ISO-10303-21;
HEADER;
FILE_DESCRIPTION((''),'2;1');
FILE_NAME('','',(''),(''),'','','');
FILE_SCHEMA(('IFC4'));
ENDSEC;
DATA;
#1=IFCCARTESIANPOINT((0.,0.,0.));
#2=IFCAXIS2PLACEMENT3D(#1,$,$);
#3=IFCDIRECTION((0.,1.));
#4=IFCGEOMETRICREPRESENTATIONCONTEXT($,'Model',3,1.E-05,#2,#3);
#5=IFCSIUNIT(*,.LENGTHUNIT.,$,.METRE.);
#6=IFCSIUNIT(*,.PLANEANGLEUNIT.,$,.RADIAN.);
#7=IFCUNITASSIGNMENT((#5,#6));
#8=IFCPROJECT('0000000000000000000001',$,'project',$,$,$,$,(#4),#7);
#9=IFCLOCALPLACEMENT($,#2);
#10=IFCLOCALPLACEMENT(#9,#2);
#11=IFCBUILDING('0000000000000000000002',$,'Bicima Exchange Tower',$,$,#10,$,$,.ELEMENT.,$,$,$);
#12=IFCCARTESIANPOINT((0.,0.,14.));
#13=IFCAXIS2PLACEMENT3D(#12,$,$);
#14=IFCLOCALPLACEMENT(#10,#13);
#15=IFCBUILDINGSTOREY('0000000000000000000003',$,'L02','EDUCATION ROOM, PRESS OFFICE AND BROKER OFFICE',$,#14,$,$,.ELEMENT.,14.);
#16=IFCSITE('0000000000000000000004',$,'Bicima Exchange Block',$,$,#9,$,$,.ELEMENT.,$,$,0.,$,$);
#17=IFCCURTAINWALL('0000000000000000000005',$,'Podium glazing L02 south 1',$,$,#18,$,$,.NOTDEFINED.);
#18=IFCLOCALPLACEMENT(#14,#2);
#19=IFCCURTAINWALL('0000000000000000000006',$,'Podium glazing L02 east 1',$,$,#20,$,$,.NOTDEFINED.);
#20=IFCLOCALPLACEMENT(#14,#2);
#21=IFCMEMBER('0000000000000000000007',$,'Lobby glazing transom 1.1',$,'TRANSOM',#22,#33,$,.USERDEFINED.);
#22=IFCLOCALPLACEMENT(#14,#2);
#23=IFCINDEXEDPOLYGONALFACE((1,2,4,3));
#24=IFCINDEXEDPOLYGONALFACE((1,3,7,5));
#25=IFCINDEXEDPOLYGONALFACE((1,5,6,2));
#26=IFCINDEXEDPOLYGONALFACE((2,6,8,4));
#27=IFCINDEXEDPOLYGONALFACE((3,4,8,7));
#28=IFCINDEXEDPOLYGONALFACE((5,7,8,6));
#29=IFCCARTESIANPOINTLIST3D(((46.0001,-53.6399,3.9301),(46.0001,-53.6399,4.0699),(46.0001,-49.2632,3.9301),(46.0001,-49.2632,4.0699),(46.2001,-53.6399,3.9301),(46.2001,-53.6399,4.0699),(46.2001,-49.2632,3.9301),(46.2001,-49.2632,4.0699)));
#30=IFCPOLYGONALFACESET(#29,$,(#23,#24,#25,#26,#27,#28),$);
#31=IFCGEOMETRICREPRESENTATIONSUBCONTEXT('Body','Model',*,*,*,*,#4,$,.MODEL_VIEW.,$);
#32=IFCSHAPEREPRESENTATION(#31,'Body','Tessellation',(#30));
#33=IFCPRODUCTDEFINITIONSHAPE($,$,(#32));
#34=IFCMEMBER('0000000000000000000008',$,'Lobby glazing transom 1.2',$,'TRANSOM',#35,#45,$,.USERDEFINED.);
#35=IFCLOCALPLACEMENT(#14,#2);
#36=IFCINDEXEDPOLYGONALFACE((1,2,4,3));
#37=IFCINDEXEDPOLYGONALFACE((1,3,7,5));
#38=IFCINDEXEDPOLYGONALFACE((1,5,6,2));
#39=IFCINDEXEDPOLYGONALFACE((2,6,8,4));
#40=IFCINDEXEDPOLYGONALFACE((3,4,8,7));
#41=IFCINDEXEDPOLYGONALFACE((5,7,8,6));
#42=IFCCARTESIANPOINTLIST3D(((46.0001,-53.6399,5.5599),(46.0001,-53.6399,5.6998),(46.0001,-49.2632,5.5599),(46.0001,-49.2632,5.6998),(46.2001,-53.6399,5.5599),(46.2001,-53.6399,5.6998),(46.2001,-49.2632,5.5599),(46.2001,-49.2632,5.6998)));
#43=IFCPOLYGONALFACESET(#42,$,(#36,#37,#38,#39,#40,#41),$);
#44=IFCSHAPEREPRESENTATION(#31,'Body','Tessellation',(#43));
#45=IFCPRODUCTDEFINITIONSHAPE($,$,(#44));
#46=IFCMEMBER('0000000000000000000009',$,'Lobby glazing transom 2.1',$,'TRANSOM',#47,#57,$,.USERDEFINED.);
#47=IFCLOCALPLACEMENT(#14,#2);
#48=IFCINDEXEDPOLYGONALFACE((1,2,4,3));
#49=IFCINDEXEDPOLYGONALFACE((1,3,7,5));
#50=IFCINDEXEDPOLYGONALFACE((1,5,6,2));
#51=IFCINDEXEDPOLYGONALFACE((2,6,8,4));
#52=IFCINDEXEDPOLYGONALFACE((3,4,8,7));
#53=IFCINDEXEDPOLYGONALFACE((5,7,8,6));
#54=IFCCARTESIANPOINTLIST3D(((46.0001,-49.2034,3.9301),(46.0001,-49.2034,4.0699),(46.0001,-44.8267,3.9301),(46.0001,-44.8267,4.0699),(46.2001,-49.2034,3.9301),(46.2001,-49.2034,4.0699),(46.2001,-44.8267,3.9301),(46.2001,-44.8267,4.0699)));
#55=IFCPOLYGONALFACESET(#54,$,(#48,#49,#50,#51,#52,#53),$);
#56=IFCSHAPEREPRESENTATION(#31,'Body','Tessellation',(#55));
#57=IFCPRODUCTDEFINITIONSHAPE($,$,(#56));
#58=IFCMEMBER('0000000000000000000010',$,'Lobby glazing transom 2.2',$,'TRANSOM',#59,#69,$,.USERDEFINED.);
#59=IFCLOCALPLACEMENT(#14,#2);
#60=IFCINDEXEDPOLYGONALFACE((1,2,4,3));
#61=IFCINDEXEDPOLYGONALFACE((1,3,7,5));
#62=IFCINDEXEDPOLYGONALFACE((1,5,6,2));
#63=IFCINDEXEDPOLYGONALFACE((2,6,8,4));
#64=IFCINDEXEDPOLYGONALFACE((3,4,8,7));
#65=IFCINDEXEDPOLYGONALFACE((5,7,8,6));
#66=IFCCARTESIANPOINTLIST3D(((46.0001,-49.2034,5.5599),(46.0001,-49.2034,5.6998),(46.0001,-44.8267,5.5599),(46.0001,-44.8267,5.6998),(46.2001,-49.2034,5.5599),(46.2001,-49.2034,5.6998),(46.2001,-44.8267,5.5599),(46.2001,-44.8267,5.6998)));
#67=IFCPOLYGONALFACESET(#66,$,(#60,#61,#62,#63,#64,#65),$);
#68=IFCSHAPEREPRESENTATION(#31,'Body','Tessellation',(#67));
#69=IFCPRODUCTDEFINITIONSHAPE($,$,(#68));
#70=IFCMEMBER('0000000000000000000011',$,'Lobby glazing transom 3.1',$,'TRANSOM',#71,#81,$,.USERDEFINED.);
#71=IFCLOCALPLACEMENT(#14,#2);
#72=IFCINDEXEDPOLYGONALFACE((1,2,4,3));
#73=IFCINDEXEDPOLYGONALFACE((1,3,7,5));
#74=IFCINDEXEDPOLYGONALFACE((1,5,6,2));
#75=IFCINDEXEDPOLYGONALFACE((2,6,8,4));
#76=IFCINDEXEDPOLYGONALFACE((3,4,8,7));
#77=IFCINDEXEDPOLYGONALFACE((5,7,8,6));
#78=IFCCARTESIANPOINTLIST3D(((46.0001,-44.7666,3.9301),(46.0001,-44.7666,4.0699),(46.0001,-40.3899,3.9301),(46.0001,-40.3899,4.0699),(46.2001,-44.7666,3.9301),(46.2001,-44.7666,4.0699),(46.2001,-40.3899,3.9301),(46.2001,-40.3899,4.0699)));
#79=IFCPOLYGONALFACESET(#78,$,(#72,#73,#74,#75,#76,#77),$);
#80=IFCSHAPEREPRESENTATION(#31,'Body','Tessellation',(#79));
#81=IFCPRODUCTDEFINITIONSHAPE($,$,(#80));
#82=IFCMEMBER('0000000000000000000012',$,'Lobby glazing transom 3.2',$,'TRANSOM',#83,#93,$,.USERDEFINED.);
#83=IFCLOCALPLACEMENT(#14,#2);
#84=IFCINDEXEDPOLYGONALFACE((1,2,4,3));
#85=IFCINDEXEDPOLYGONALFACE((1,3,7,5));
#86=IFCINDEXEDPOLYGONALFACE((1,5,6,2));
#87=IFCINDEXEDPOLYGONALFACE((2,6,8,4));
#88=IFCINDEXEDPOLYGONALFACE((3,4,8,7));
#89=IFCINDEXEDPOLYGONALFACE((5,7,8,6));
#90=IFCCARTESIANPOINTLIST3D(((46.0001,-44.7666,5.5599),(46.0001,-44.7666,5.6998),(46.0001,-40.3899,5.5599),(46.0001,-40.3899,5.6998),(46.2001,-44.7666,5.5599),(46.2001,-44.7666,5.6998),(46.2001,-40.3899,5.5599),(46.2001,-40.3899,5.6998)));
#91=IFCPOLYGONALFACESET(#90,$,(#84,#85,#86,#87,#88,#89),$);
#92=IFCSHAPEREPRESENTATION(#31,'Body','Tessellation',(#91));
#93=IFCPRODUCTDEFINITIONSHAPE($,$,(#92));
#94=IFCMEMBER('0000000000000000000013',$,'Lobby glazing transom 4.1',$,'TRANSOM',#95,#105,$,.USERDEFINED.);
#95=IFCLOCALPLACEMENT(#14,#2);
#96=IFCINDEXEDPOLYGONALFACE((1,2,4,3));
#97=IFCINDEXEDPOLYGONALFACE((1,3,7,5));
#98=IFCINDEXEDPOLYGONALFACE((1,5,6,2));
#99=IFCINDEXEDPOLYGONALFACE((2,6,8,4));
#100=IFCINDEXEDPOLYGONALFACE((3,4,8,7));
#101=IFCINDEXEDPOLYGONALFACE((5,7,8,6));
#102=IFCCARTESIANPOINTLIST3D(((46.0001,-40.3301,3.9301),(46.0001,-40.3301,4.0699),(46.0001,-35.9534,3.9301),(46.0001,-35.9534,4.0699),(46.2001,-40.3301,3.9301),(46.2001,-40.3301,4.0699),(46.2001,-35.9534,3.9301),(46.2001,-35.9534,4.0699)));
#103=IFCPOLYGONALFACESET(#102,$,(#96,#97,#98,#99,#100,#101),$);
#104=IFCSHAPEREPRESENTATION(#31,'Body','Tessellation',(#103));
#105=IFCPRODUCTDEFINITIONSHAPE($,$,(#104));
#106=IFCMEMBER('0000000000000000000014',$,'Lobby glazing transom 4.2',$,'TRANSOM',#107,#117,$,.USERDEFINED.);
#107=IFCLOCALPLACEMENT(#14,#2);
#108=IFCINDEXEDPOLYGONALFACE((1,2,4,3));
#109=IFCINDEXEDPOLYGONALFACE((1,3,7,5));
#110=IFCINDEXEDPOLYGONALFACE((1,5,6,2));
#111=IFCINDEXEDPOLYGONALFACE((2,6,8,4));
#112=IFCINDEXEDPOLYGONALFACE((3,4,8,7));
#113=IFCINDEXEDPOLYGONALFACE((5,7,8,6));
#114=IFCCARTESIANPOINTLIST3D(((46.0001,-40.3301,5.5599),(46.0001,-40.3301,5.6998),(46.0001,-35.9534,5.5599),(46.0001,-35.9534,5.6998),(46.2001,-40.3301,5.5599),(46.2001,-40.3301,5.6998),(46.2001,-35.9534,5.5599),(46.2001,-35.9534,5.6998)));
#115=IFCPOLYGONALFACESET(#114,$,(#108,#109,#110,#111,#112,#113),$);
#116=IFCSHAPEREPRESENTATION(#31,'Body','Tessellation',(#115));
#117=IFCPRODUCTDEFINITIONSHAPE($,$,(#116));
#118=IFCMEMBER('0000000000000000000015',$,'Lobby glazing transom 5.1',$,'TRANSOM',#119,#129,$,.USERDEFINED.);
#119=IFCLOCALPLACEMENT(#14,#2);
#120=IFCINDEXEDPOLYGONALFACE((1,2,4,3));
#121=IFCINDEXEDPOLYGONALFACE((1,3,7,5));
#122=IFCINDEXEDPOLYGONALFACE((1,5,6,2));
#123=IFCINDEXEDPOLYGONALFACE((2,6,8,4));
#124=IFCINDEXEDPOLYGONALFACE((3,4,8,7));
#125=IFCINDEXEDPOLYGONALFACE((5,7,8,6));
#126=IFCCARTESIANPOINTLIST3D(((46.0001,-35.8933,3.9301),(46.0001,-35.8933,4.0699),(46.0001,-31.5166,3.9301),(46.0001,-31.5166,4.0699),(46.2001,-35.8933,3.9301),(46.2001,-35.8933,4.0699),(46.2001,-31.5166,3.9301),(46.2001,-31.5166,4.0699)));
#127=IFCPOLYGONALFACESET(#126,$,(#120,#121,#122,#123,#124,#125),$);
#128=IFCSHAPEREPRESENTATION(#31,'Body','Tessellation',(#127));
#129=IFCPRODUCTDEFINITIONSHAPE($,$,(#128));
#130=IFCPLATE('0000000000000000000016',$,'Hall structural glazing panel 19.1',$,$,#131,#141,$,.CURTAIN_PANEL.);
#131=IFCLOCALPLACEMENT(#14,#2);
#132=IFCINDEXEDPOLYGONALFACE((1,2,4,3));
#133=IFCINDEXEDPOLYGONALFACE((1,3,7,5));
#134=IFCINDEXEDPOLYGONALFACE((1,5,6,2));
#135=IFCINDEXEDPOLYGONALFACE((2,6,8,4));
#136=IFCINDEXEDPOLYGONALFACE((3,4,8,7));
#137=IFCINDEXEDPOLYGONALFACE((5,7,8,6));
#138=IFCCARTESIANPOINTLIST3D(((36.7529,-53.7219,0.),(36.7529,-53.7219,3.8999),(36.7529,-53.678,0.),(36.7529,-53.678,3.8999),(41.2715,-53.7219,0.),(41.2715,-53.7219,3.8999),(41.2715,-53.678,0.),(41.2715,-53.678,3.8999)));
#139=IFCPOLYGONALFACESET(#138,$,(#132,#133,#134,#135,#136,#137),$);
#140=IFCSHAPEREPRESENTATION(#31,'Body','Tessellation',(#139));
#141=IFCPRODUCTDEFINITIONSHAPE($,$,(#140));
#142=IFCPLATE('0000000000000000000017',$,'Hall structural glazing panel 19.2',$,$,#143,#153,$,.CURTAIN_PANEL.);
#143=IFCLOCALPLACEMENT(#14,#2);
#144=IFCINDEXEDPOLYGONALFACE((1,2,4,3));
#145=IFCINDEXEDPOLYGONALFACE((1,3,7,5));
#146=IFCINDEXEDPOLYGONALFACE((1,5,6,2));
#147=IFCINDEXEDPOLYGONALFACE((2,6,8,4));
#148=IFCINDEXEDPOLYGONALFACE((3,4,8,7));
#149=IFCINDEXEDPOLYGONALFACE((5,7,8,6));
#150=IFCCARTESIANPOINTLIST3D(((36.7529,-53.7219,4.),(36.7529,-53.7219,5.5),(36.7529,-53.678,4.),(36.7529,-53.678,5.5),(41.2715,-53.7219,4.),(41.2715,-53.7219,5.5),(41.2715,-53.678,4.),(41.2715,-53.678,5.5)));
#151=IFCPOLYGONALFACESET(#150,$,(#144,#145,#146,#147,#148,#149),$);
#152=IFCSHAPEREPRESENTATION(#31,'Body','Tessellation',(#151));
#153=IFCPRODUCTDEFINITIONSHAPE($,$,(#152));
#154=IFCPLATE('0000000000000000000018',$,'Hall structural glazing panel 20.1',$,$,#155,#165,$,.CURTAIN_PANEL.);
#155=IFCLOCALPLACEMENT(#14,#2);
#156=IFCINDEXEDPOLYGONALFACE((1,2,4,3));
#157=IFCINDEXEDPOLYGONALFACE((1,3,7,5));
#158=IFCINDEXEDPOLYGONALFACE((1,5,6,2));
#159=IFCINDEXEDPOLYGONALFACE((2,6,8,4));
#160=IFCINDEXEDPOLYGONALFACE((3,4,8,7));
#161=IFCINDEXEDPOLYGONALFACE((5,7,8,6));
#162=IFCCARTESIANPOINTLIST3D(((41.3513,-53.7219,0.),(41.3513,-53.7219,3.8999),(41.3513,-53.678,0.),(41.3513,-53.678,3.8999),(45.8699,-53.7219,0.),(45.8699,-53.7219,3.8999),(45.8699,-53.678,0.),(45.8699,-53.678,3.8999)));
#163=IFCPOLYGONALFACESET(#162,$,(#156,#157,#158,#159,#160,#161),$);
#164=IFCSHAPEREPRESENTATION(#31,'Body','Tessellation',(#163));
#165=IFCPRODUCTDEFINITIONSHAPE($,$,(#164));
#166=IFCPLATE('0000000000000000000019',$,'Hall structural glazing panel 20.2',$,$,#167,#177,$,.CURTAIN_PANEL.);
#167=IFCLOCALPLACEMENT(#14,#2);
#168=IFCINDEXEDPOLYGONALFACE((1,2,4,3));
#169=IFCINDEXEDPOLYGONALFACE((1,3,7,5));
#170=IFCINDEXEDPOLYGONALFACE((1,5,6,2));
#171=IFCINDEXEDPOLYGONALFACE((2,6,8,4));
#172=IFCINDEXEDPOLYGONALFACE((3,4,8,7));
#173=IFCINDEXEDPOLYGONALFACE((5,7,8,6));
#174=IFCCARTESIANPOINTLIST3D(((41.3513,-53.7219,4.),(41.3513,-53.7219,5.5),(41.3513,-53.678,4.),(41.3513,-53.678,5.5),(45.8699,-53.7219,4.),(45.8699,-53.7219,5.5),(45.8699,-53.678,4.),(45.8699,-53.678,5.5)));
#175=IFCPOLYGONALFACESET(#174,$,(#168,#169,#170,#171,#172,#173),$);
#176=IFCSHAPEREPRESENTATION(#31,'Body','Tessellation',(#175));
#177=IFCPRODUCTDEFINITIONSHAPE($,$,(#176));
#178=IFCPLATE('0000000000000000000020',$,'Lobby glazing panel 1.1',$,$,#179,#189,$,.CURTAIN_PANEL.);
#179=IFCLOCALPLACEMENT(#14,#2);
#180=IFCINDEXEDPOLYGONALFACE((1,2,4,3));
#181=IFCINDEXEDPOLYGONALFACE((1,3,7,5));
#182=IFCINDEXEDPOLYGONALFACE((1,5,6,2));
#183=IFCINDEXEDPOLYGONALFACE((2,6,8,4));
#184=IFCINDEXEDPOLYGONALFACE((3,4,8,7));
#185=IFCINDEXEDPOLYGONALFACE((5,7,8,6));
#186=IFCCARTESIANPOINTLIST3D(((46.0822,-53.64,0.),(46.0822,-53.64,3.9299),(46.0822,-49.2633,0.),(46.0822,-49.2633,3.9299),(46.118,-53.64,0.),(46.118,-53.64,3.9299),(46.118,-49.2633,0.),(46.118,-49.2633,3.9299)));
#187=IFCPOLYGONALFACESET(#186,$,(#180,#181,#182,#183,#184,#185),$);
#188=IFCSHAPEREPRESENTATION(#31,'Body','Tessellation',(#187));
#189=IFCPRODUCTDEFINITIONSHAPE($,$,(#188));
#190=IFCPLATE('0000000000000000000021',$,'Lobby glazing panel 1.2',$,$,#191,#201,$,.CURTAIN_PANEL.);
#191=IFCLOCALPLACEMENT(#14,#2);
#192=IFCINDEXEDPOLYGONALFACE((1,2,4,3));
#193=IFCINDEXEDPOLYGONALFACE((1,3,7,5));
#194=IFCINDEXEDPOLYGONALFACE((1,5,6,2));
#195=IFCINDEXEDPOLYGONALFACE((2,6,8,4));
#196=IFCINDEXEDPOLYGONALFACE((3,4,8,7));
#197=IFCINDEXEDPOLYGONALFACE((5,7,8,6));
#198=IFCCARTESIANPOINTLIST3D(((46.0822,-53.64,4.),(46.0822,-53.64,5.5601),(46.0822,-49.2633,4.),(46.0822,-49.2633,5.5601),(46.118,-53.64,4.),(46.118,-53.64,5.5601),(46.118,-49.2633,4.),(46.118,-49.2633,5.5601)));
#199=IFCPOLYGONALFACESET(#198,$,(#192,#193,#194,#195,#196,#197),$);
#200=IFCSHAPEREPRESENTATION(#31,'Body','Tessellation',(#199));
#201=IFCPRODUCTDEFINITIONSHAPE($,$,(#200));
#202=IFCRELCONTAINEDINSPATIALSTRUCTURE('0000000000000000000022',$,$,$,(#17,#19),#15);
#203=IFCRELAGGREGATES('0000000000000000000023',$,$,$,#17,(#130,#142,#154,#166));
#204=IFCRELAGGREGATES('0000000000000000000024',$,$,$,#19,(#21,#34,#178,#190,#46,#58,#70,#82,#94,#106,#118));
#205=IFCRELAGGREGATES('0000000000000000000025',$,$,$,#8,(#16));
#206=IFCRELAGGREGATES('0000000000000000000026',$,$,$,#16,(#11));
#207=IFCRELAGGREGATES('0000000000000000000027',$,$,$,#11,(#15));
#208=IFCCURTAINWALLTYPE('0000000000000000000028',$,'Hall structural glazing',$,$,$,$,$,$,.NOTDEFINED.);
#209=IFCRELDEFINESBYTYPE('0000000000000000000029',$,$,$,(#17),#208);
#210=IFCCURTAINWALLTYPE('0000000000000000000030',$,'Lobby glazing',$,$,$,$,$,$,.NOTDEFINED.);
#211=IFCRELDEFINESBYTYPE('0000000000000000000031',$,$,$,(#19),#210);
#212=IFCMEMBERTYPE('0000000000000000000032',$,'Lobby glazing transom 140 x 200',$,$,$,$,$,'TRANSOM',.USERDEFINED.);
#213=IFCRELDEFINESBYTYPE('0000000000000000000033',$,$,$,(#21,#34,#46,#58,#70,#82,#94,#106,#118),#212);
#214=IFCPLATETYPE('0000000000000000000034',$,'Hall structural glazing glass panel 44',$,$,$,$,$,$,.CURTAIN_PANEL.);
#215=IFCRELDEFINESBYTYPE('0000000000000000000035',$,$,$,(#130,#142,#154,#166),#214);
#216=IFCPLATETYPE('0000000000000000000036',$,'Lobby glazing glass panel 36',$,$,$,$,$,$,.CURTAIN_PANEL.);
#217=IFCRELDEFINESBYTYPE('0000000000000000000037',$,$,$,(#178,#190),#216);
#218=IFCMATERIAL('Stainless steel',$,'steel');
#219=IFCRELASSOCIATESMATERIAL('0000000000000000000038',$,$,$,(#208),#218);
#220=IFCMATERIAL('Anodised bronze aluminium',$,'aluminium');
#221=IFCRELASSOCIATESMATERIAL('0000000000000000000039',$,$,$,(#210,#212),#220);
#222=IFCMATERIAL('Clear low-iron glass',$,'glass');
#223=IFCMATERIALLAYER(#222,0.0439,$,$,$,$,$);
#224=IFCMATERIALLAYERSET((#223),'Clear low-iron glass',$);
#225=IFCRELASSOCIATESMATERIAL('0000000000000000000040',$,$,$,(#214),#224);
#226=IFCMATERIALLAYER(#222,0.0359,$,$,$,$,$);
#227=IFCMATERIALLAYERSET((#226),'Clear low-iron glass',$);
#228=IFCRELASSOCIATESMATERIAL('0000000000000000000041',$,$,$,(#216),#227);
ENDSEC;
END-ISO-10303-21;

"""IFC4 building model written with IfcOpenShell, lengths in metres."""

from ifc_helpers import new_model, si_unit, direction, frame, origin, origin_2d, place, context, subcontext, project, spatial, rectangle, extrude, material, layer, layer_set, material_profile, profile_set, type_object, element, aggregate, save


model = new_model("IFC4")

# Units and contexts
model_context = context("Model", 3, precision=1e-05, world=origin(), true_north=direction((0.0, 1.0)))
body_context = subcontext(model_context, "Body", "Model", "MODEL_VIEW")
ifc_project = project(units=[si_unit("LENGTHUNIT", "METRE"), si_unit("PLANEANGLEUNIT", "RADIAN")], contexts=[model_context])

# Site, building, storey
site_placement = place(None, origin())
site = spatial("IfcSite", under=ifc_project, at=site_placement, Name="Bicima Exchange Block", CompositionType="ELEMENT", RefElevation=0.0)
building_placement = place(site_placement, origin())
building = spatial("IfcBuilding", under=site, at=building_placement, Name="Bicima Exchange Tower", CompositionType="ELEMENT")
storey_placement = place(building_placement, frame((0.0, 0.0, 14.0)))
storey = spatial("IfcBuildingStorey", under=building, at=storey_placement, Name="L02", Description="EDUCATION ROOM, PRESS OFFICE AND BROKER OFFICE", CompositionType="ELEMENT", Elevation=14.0)

# Curtain walls, members
ifc_material_1 = material(Name="Stainless steel", Category="steel")
curtain_wall_type_1 = type_object("IfcCurtainWallType", Name="Hall structural glazing", PredefinedType="NOTDEFINED", material=ifc_material_1)
curtain_wall_1_placement = place(storey_placement, origin())
curtain_wall_1 = element("IfcCurtainWall", 1, at=curtain_wall_1_placement, inside=storey, type_object=curtain_wall_type_1, Name="Podium glazing L02 south 1", PredefinedType="NOTDEFINED")
ifc_material_2 = material(Name="Anodised bronze aluminium", Category="aluminium")
curtain_wall_type_2 = type_object("IfcCurtainWallType", Name="Lobby glazing", PredefinedType="NOTDEFINED", material=ifc_material_2)
curtain_wall_2_placement = place(storey_placement, origin())
curtain_wall_2 = element("IfcCurtainWall", 2, at=curtain_wall_2_placement, inside=storey, type_object=curtain_wall_type_2, Name="Podium glazing L02 east 1", PredefinedType="NOTDEFINED")
ifc_material_profile_1 = material_profile(ifc_material_2, rectangle(XDim=0.2, YDim=0.1399, at=origin_2d()))
ifc_profile_set_1 = profile_set([ifc_material_profile_1], Name="Anodised bronze aluminium")
member_type_1 = type_object("IfcMemberType", Name="Lobby glazing transom 140 x 200", ElementType="TRANSOM", PredefinedType="USERDEFINED", material=ifc_profile_set_1)
member_1_placement = place(storey_placement, frame((46.1001, -53.6399, 4.0), z_axis=(0.0, 1.0, 0.0), x_axis=(-1.0, 0.0, 0.0)))
member_1 = element("IfcMember", 3, at=member_1_placement, type_object=member_type_1, Name="Lobby glazing transom 1.1", ObjectType="TRANSOM", PredefinedType="USERDEFINED", context=body_context, shape_type="SweptSolid", body=[
    extrude(rectangle(XDim=0.2, YDim=0.1399, at=origin_2d()), origin(), (0.0, 0.0, 1.0), 4.3767),
])
member_2_placement = place(storey_placement, frame((46.1001, -53.6399, 5.6299), z_axis=(0.0, 1.0, 0.0), x_axis=(-1.0, 0.0, 0.0)))
member_2 = element("IfcMember", 4, at=member_2_placement, type_object=member_type_1, Name="Lobby glazing transom 1.2", ObjectType="TRANSOM", PredefinedType="USERDEFINED", context=body_context, shape_type="SweptSolid", body=[
    extrude(rectangle(XDim=0.2, YDim=0.1399, at=origin_2d()), origin(), (0.0, 0.0, 1.0), 4.3767),
])
member_3_placement = place(storey_placement, frame((46.1001, -49.2034, 4.0), z_axis=(0.0, 1.0, 0.0), x_axis=(-1.0, 0.0, 0.0)))
member_3 = element("IfcMember", 5, at=member_3_placement, type_object=member_type_1, Name="Lobby glazing transom 2.1", ObjectType="TRANSOM", PredefinedType="USERDEFINED", context=body_context, shape_type="SweptSolid", body=[
    extrude(rectangle(XDim=0.2, YDim=0.1399, at=origin_2d()), origin(), (0.0, 0.0, 1.0), 4.3767),
])
member_4_placement = place(storey_placement, frame((46.1001, -49.2034, 5.6299), z_axis=(0.0, 1.0, 0.0), x_axis=(-1.0, 0.0, 0.0)))
member_4 = element("IfcMember", 6, at=member_4_placement, type_object=member_type_1, Name="Lobby glazing transom 2.2", ObjectType="TRANSOM", PredefinedType="USERDEFINED", context=body_context, shape_type="SweptSolid", body=[
    extrude(rectangle(XDim=0.2, YDim=0.1399, at=origin_2d()), origin(), (0.0, 0.0, 1.0), 4.3767),
])
member_5_placement = place(storey_placement, frame((46.1001, -44.7666, 4.0), z_axis=(0.0, 1.0, 0.0), x_axis=(-1.0, 0.0, 0.0)))
member_5 = element("IfcMember", 7, at=member_5_placement, type_object=member_type_1, Name="Lobby glazing transom 3.1", ObjectType="TRANSOM", PredefinedType="USERDEFINED", context=body_context, shape_type="SweptSolid", body=[
    extrude(rectangle(XDim=0.2, YDim=0.1399, at=origin_2d()), origin(), (0.0, 0.0, 1.0), 4.3767),
])
member_6_placement = place(storey_placement, frame((46.1001, -44.7666, 5.6299), z_axis=(0.0, 1.0, 0.0), x_axis=(-1.0, 0.0, 0.0)))
member_6 = element("IfcMember", 8, at=member_6_placement, type_object=member_type_1, Name="Lobby glazing transom 3.2", ObjectType="TRANSOM", PredefinedType="USERDEFINED", context=body_context, shape_type="SweptSolid", body=[
    extrude(rectangle(XDim=0.2, YDim=0.1399, at=origin_2d()), origin(), (0.0, 0.0, 1.0), 4.3767),
])
member_7_placement = place(storey_placement, frame((46.1001, -40.3301, 4.0), z_axis=(0.0, 1.0, 0.0), x_axis=(-1.0, 0.0, 0.0)))
member_7 = element("IfcMember", 9, at=member_7_placement, type_object=member_type_1, Name="Lobby glazing transom 4.1", ObjectType="TRANSOM", PredefinedType="USERDEFINED", context=body_context, shape_type="SweptSolid", body=[
    extrude(rectangle(XDim=0.2, YDim=0.1399, at=origin_2d()), origin(), (0.0, 0.0, 1.0), 4.3767),
])
member_8_placement = place(storey_placement, frame((46.1001, -40.3301, 5.6299), z_axis=(0.0, 1.0, 0.0), x_axis=(-1.0, 0.0, 0.0)))
member_8 = element("IfcMember", 10, at=member_8_placement, type_object=member_type_1, Name="Lobby glazing transom 4.2", ObjectType="TRANSOM", PredefinedType="USERDEFINED", context=body_context, shape_type="SweptSolid", body=[
    extrude(rectangle(XDim=0.2, YDim=0.1399, at=origin_2d()), origin(), (0.0, 0.0, 1.0), 4.3767),
])
member_9_placement = place(storey_placement, frame((46.1001, -35.8933, 4.0), z_axis=(0.0, 1.0, 0.0), x_axis=(-1.0, 0.0, 0.0)))
member_9 = element("IfcMember", 11, at=member_9_placement, type_object=member_type_1, Name="Lobby glazing transom 5.1", ObjectType="TRANSOM", PredefinedType="USERDEFINED", context=body_context, shape_type="SweptSolid", body=[
    extrude(rectangle(XDim=0.2, YDim=0.1399, at=origin_2d()), origin(), (0.0, 0.0, 1.0), 4.3767),
])

# Plates
ifc_material_3 = material(Name="Clear low-iron glass", Category="glass")
ifc_layer_1 = layer(ifc_material_3, 0.0439)
ifc_layer_set_1 = layer_set([ifc_layer_1], Name="Clear low-iron glass")
plate_type_1 = type_object("IfcPlateType", Name="Hall structural glazing glass panel 44", PredefinedType="CURTAIN_PANEL", material=ifc_layer_set_1)
plate_1_placement = place(storey_placement, frame((39.0122, -53.7, 0.0), z_axis=(0.0, 0.0, 1.0), x_axis=(1.0, 0.0, 0.0)))
plate_1 = element("IfcPlate", 12, at=plate_1_placement, type_object=plate_type_1, Name="Hall structural glazing panel 19.1", PredefinedType="CURTAIN_PANEL", context=body_context, shape_type="SweptSolid", body=[
    extrude(rectangle(XDim=4.5186, YDim=0.0439, at=origin_2d()), origin(), (0.0, 0.0, 1.0), 3.8999),
])
plate_2_placement = place(storey_placement, frame((39.0122, -53.7, 4.0), z_axis=(0.0, 0.0, 1.0), x_axis=(1.0, 0.0, 0.0)))
plate_2 = element("IfcPlate", 13, at=plate_2_placement, type_object=plate_type_1, Name="Hall structural glazing panel 19.2", PredefinedType="CURTAIN_PANEL", context=body_context, shape_type="SweptSolid", body=[
    extrude(rectangle(XDim=4.5186, YDim=0.0439, at=origin_2d()), origin(), (0.0, 0.0, 1.0), 1.5),
])
plate_3_placement = place(storey_placement, frame((43.6106, -53.7, 0.0), z_axis=(0.0, 0.0, 1.0), x_axis=(1.0, 0.0, 0.0)))
plate_3 = element("IfcPlate", 14, at=plate_3_placement, type_object=plate_type_1, Name="Hall structural glazing panel 20.1", PredefinedType="CURTAIN_PANEL", context=body_context, shape_type="SweptSolid", body=[
    extrude(rectangle(XDim=4.5186, YDim=0.0439, at=origin_2d()), origin(), (0.0, 0.0, 1.0), 3.8999),
])
plate_4_placement = place(storey_placement, frame((43.6106, -53.7, 4.0), z_axis=(0.0, 0.0, 1.0), x_axis=(1.0, 0.0, 0.0)))
plate_4 = element("IfcPlate", 15, at=plate_4_placement, type_object=plate_type_1, Name="Hall structural glazing panel 20.2", PredefinedType="CURTAIN_PANEL", context=body_context, shape_type="SweptSolid", body=[
    extrude(rectangle(XDim=4.5186, YDim=0.0439, at=origin_2d()), origin(), (0.0, 0.0, 1.0), 1.5),
])
aggregate(curtain_wall_1, [plate_1, plate_2, plate_3, plate_4])
ifc_layer_2 = layer(ifc_material_3, 0.0359)
ifc_layer_set_2 = layer_set([ifc_layer_2], Name="Clear low-iron glass")
plate_type_2 = type_object("IfcPlateType", Name="Lobby glazing glass panel 36", PredefinedType="CURTAIN_PANEL", material=ifc_layer_set_2)
plate_5_placement = place(storey_placement, frame((46.1001, -51.4517, 0.0), z_axis=(0.0, 0.0, 1.0), x_axis=(0.0, 1.0, 0.0)))
plate_5 = element("IfcPlate", 16, at=plate_5_placement, type_object=plate_type_2, Name="Lobby glazing panel 1.1", PredefinedType="CURTAIN_PANEL", context=body_context, shape_type="SweptSolid", body=[
    extrude(rectangle(XDim=4.3767, YDim=0.0359, at=origin_2d()), origin(), (0.0, 0.0, 1.0), 3.9299),
])
plate_6_placement = place(storey_placement, frame((46.1001, -51.4517, 4.0), z_axis=(0.0, 0.0, 1.0), x_axis=(0.0, 1.0, 0.0)))
plate_6 = element("IfcPlate", 17, at=plate_6_placement, type_object=plate_type_2, Name="Lobby glazing panel 1.2", PredefinedType="CURTAIN_PANEL", context=body_context, shape_type="SweptSolid", body=[
    extrude(rectangle(XDim=4.3767, YDim=0.0359, at=origin_2d()), origin(), (0.0, 0.0, 1.0), 1.5601),
])
aggregate(curtain_wall_2, [member_1, member_2, plate_5, plate_6, member_3, member_4, member_5, member_6, member_7, member_8, member_9])

save(model, "model.ifc")
